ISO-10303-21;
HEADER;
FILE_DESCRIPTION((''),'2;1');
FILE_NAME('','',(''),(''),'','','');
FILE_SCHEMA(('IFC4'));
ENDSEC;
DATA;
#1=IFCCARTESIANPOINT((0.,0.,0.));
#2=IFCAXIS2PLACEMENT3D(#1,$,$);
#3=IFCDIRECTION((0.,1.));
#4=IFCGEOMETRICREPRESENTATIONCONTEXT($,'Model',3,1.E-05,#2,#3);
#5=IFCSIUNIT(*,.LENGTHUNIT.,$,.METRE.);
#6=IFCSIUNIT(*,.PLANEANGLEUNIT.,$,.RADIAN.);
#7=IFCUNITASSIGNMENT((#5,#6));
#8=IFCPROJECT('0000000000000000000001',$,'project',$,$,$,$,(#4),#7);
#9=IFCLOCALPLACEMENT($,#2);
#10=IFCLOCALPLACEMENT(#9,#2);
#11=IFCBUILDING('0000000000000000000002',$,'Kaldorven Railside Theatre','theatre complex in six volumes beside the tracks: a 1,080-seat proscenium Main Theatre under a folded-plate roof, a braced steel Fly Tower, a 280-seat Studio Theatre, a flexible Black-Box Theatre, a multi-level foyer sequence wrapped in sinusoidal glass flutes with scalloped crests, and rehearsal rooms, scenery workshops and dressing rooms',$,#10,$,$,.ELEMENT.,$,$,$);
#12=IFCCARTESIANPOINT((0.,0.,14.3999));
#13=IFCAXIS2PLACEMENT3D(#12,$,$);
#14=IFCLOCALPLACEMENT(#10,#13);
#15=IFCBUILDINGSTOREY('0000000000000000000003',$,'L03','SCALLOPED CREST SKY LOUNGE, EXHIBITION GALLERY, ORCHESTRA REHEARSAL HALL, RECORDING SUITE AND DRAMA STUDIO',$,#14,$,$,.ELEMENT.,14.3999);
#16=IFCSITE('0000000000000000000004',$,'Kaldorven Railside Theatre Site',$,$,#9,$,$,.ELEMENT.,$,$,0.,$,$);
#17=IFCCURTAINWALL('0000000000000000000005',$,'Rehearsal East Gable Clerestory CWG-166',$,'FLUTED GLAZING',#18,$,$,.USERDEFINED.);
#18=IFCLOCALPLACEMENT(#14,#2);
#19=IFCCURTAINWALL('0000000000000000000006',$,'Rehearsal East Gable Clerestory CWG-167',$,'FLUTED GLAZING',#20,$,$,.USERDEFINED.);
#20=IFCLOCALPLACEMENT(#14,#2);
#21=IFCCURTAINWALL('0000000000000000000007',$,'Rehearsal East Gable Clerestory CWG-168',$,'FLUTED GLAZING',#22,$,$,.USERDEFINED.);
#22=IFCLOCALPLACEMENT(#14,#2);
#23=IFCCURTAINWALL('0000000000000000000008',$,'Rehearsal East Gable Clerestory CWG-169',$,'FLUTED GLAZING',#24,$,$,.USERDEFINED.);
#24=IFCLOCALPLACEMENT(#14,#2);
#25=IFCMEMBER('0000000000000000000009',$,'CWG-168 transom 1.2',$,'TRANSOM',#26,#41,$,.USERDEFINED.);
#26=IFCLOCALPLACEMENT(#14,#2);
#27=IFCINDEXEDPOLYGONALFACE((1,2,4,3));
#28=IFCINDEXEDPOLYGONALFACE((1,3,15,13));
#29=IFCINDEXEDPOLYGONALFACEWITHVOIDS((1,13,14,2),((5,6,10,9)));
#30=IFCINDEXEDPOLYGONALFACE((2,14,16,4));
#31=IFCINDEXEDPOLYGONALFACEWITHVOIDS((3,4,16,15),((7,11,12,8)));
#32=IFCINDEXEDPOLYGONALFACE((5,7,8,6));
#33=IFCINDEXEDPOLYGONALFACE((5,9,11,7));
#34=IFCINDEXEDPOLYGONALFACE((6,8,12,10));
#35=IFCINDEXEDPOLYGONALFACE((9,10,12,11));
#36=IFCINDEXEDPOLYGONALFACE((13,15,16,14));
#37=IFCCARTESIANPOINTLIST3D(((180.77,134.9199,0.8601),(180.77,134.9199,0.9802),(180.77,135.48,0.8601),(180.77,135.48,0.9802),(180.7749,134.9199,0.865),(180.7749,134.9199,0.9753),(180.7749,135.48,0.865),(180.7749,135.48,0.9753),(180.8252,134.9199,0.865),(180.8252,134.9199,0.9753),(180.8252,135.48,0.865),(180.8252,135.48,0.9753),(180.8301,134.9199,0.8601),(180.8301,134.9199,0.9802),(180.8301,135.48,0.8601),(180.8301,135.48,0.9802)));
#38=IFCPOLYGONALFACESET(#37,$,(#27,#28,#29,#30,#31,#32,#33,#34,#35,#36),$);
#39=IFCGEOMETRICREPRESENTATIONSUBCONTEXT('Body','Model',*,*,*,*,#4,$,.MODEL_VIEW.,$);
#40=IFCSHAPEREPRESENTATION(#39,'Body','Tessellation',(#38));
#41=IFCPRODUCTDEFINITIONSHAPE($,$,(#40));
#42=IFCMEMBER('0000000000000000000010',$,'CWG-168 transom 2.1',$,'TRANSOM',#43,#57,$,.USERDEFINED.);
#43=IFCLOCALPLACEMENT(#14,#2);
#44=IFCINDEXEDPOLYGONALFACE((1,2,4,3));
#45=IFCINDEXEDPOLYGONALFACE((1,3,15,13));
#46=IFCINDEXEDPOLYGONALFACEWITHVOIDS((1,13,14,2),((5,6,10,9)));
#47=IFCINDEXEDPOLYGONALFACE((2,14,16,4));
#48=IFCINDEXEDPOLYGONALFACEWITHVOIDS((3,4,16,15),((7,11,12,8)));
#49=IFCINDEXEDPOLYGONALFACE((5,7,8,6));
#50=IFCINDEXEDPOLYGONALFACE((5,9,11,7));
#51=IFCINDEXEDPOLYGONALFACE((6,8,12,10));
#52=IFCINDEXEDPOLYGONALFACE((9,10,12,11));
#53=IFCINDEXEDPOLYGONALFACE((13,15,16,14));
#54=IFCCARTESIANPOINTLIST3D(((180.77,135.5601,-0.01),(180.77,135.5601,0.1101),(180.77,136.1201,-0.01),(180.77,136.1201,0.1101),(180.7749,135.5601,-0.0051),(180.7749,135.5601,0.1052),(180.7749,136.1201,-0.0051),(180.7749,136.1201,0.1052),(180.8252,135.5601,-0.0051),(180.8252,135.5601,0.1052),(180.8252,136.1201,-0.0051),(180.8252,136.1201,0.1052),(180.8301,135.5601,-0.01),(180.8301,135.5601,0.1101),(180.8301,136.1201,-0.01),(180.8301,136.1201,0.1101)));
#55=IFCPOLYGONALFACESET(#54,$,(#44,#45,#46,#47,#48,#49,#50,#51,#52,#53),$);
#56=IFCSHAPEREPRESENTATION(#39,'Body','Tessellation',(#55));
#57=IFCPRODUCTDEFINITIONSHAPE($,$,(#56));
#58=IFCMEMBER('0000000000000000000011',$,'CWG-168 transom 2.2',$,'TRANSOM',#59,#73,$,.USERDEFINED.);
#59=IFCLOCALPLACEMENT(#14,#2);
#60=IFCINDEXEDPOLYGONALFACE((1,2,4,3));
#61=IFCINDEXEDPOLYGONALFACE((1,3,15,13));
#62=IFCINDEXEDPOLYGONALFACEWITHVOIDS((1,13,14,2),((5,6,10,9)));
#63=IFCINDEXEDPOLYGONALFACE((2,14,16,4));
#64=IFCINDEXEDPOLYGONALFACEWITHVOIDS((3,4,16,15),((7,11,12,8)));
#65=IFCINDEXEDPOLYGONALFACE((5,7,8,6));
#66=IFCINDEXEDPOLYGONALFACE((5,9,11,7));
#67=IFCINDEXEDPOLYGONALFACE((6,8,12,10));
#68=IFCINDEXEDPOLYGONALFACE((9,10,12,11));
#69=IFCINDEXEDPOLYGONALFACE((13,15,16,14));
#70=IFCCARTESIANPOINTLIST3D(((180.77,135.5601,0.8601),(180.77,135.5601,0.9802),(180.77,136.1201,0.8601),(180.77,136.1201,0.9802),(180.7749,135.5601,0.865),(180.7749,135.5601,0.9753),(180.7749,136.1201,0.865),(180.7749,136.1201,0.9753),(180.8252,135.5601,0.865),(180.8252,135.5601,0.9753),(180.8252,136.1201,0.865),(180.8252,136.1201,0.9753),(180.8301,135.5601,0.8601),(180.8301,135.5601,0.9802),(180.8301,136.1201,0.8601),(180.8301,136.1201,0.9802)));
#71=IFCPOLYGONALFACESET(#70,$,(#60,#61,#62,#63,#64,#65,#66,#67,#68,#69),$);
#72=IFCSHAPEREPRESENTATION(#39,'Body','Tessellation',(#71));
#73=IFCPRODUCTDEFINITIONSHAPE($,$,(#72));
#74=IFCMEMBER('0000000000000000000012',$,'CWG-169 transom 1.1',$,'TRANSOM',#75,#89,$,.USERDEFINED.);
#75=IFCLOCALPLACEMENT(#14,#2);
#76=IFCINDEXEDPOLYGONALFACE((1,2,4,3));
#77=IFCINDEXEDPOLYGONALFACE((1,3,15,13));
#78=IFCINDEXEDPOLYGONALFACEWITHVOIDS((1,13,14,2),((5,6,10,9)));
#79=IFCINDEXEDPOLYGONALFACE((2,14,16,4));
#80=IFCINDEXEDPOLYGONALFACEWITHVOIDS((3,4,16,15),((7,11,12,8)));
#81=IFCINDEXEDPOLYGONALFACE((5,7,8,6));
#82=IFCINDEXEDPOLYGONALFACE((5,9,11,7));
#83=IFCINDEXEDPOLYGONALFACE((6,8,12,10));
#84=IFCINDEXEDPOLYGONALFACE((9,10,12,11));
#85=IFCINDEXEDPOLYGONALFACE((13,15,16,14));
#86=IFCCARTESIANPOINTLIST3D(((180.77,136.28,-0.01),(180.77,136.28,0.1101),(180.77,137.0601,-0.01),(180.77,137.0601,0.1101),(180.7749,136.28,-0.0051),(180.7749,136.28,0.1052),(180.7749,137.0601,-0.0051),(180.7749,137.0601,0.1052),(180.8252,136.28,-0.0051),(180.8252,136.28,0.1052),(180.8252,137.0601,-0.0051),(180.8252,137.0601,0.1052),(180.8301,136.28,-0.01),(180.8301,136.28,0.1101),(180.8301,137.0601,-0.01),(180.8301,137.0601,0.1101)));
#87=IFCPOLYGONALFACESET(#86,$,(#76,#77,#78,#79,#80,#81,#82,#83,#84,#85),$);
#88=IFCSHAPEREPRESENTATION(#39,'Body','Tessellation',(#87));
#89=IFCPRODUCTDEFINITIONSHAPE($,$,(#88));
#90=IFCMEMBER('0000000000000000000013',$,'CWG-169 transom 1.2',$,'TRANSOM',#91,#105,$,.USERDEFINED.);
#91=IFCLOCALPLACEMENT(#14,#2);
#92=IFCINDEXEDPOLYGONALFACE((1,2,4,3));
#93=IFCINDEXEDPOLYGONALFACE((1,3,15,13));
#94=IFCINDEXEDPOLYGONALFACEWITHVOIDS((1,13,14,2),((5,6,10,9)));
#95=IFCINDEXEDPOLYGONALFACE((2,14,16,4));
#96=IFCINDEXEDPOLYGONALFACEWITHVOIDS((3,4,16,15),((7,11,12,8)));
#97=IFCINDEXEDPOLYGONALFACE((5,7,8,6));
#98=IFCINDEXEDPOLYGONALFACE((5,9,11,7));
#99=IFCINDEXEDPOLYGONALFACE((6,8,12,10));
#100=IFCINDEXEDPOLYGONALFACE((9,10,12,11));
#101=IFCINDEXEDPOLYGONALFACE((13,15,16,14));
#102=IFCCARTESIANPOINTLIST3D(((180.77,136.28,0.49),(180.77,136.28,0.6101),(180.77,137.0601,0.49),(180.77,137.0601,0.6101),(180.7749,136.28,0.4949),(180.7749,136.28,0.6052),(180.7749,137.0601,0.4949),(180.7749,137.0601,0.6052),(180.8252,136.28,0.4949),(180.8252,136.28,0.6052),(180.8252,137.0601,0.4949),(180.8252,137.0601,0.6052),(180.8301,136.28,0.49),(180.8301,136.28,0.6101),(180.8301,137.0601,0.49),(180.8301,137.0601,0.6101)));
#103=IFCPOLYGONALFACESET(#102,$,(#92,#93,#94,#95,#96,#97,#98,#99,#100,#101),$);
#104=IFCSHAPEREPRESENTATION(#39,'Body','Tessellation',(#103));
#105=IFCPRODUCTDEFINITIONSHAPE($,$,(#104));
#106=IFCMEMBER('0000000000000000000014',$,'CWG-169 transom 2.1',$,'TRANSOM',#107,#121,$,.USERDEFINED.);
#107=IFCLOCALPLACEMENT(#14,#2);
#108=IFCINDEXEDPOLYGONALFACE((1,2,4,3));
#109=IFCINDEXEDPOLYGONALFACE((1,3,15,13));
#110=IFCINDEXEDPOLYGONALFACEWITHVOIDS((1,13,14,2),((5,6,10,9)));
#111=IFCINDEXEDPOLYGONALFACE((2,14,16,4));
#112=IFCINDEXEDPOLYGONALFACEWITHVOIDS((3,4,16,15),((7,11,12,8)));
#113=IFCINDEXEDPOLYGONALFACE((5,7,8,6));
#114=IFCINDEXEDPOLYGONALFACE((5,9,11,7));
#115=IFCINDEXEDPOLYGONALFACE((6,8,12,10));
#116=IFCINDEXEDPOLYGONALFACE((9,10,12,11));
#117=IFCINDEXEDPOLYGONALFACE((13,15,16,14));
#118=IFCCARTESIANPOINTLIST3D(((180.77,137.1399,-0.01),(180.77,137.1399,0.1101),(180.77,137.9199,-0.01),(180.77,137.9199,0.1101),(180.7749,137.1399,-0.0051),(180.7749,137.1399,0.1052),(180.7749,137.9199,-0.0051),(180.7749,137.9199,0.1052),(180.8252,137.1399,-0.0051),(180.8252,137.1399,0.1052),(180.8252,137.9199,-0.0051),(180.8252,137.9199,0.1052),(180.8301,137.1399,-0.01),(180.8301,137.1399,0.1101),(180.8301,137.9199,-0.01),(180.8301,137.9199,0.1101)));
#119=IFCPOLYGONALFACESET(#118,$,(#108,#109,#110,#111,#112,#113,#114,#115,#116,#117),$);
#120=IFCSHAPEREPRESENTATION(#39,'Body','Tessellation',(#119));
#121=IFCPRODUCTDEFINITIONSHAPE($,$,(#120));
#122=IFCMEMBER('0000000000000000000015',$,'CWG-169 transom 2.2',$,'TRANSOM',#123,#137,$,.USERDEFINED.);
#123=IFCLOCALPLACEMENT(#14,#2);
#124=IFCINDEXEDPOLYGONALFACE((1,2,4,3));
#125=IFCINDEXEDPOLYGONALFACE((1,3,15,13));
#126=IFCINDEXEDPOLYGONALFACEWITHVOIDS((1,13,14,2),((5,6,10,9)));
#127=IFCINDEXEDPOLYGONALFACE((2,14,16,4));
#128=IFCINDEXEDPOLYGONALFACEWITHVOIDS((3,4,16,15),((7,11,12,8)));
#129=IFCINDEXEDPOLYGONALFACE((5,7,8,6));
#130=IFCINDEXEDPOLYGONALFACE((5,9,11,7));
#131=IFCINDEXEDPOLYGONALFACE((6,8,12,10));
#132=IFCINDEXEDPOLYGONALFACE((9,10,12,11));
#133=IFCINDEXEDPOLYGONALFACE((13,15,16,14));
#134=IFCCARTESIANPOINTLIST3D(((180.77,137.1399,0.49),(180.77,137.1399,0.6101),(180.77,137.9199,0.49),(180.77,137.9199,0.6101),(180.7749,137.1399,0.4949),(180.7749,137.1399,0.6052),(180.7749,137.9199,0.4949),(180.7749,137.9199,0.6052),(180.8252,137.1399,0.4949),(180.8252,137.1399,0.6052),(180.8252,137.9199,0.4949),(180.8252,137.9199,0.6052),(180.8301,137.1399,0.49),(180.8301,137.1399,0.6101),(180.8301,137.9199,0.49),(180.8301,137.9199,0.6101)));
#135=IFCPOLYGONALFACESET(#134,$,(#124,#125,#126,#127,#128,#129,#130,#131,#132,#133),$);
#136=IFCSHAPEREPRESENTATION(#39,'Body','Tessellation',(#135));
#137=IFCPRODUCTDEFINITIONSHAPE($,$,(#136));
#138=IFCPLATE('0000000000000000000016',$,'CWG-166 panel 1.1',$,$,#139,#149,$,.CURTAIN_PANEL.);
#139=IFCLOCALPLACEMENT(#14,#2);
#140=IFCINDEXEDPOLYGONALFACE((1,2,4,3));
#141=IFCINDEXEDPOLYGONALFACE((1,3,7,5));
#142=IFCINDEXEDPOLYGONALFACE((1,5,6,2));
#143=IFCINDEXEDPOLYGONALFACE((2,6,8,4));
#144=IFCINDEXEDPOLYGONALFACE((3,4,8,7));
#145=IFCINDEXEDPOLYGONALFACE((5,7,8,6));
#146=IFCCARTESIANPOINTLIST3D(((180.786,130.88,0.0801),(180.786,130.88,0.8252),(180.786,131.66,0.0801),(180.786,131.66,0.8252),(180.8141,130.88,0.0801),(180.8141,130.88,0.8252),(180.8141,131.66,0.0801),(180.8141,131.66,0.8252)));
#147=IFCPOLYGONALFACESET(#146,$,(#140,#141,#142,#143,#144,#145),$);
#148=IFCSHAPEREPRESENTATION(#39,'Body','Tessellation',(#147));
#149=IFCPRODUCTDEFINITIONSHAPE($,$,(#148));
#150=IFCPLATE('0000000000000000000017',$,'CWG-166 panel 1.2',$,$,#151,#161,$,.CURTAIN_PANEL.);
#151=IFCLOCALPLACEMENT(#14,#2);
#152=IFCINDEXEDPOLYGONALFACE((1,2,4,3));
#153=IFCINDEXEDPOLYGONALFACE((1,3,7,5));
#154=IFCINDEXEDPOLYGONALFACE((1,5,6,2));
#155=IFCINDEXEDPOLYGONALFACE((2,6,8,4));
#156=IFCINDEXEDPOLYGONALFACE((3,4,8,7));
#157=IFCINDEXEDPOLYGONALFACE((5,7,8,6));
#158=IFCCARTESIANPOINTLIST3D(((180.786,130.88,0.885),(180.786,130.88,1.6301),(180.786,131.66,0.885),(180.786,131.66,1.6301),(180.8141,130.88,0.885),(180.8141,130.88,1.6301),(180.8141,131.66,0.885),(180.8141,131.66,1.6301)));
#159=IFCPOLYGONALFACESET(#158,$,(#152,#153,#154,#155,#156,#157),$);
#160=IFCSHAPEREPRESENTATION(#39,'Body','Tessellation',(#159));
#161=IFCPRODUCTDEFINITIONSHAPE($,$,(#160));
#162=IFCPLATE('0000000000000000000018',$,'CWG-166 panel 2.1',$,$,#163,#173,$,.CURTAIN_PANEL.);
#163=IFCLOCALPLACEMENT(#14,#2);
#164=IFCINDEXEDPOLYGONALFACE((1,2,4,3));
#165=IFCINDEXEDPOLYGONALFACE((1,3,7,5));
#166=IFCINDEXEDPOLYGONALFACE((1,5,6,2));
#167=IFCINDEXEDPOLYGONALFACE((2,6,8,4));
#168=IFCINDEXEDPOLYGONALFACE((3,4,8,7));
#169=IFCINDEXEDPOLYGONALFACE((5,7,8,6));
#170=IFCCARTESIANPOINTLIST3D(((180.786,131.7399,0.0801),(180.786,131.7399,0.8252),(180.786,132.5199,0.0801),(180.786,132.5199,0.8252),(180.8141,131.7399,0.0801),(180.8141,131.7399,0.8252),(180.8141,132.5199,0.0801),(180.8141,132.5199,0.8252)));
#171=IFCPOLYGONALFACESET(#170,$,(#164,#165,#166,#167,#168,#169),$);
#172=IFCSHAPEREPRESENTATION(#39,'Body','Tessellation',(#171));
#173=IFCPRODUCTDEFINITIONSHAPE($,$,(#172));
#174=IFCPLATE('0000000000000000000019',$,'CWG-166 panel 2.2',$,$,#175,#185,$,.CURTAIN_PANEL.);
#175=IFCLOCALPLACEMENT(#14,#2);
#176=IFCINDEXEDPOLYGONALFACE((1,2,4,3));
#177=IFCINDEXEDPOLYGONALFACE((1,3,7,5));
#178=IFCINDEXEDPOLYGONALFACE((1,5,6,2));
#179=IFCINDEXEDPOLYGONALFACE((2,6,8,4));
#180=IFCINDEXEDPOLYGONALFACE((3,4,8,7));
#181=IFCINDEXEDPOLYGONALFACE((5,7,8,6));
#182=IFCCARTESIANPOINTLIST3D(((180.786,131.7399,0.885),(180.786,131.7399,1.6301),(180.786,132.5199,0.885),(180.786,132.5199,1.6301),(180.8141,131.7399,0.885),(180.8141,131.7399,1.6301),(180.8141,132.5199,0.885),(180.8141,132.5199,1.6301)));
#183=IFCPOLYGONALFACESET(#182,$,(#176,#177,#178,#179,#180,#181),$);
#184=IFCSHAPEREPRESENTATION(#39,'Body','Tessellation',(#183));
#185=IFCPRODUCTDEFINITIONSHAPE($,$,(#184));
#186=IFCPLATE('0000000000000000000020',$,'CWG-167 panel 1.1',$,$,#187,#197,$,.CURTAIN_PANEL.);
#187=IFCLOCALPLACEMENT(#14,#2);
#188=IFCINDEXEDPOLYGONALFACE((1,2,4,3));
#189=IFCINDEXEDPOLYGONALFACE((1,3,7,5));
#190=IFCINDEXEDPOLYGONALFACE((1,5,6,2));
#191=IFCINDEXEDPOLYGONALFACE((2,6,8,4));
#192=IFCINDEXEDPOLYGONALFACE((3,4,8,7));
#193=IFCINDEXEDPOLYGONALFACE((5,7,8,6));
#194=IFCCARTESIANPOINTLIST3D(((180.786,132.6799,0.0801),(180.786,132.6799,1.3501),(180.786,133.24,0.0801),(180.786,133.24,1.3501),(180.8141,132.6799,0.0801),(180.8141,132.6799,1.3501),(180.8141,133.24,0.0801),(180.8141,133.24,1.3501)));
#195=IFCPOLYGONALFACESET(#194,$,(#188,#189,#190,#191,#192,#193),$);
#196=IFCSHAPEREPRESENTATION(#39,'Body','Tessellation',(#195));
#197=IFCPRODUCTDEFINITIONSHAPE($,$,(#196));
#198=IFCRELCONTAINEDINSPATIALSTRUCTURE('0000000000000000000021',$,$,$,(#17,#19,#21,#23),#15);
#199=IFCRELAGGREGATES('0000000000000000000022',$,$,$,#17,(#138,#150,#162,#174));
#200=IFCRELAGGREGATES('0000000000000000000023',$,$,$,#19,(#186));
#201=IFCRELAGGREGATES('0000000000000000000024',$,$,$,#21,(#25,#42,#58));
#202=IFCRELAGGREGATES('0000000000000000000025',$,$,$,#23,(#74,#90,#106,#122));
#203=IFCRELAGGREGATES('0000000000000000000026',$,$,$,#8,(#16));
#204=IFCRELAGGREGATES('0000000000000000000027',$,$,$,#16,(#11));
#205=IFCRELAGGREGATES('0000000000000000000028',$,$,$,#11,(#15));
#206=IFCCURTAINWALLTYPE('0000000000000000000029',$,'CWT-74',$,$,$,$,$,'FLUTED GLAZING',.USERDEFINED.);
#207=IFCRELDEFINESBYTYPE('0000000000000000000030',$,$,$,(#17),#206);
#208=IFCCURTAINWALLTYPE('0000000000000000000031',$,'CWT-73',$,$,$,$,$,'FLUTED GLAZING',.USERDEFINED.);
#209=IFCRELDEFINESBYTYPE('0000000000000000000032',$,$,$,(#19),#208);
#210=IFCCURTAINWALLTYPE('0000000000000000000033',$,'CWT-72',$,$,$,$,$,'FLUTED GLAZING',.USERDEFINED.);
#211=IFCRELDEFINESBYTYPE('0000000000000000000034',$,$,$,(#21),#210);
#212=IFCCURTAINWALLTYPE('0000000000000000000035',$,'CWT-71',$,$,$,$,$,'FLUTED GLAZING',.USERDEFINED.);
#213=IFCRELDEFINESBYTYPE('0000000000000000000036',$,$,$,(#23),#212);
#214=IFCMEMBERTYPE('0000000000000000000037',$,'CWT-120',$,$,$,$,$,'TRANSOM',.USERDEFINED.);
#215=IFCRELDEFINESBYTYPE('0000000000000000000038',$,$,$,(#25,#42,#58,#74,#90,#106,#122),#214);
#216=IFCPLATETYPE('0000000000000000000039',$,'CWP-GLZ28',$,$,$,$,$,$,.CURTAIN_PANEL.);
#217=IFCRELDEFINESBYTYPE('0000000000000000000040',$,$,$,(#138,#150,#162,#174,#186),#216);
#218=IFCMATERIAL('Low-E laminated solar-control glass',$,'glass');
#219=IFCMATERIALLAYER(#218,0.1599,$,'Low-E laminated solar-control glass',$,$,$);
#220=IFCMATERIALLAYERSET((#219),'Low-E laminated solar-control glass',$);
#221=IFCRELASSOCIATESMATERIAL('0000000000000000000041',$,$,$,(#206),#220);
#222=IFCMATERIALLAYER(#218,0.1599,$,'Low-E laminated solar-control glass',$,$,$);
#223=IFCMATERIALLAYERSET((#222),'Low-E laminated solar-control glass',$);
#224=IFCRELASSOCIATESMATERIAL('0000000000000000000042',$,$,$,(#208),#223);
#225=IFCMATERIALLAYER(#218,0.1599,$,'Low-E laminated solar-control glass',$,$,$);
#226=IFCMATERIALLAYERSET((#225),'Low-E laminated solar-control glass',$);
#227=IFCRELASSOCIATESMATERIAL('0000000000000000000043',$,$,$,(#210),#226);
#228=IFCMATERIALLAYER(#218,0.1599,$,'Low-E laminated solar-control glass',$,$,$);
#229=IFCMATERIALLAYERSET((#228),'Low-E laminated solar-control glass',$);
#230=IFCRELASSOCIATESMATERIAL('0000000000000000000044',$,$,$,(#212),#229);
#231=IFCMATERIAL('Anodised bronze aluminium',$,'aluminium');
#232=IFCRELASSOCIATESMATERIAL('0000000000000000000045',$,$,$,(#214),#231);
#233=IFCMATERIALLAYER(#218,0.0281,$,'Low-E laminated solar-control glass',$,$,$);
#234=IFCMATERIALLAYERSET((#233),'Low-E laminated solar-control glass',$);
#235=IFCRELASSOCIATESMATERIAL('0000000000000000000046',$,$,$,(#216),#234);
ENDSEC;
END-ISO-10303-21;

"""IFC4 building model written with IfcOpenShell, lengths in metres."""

from ifc_helpers import new_model, si_unit, direction, frame, origin, origin_2d, place, context, subcontext, project, spatial, rectangle, hollow_rectangle, extrude, material, layer, layer_set, material_profile, profile_set, type_object, element, aggregate, save


model = new_model("IFC4")

# Units and contexts
model_context = context("Model", 3, precision=1e-05, world=origin(), true_north=direction((0.0, 1.0)))
body_context = subcontext(model_context, "Body", "Model", "MODEL_VIEW")
ifc_project = project(units=[si_unit("LENGTHUNIT", "METRE"), si_unit("PLANEANGLEUNIT", "RADIAN")], contexts=[model_context])

# Site, building, storey
site_placement = place(None, origin())
site = spatial("IfcSite", under=ifc_project, at=site_placement, Name="Kaldorven Railside Theatre Site", CompositionType="ELEMENT", RefElevation=0.0)
building_placement = place(site_placement, origin())
building = spatial("IfcBuilding", under=site, at=building_placement, Name="Kaldorven Railside Theatre", Description="theatre complex in six volumes beside the tracks: a 1,080-seat proscenium Main Theatre under a folded-plate roof, a braced steel Fly Tower, a 280-seat Studio Theatre, a flexible Black-Box Theatre, a multi-level foyer sequence wrapped in sinusoidal glass flutes with scalloped crests, and rehearsal rooms, scenery workshops and dressing rooms", CompositionType="ELEMENT")
storey_placement = place(building_placement, frame((0.0, 0.0, 14.3999)))
storey = spatial("IfcBuildingStorey", under=building, at=storey_placement, Name="L03", Description="SCALLOPED CREST SKY LOUNGE, EXHIBITION GALLERY, ORCHESTRA REHEARSAL HALL, RECORDING SUITE AND DRAMA STUDIO", CompositionType="ELEMENT", Elevation=14.3999)

# Curtain walls
ifc_material_1 = material(Name="Low-E laminated solar-control glass", Category="glass")
ifc_layer_1 = layer(ifc_material_1, 0.1599, Name="Low-E laminated solar-control glass")
ifc_layer_set_1 = layer_set([ifc_layer_1], Name="Low-E laminated solar-control glass")
curtain_wall_type_1 = type_object("IfcCurtainWallType", Name="CWT-74", ElementType="FLUTED GLAZING", PredefinedType="USERDEFINED", material=ifc_layer_set_1)
curtain_wall_1_placement = place(storey_placement, origin())
curtain_wall_1 = element("IfcCurtainWall", 1, at=curtain_wall_1_placement, inside=storey, type_object=curtain_wall_type_1, Name="Rehearsal East Gable Clerestory CWG-166", ObjectType="FLUTED GLAZING", PredefinedType="USERDEFINED")
ifc_material_2 = material(Name="Anodised bronze aluminium", Category="aluminium")
ifc_layer_2 = layer(ifc_material_1, 0.1599, Name="Low-E laminated solar-control glass")
ifc_layer_set_2 = layer_set([ifc_layer_2], Name="Low-E laminated solar-control glass")
curtain_wall_type_2 = type_object("IfcCurtainWallType", Name="CWT-73", ElementType="FLUTED GLAZING", PredefinedType="USERDEFINED", material=ifc_layer_set_2)
curtain_wall_2_placement = place(storey_placement, origin())
curtain_wall_2 = element("IfcCurtainWall", 2, at=curtain_wall_2_placement, inside=storey, type_object=curtain_wall_type_2, Name="Rehearsal East Gable Clerestory CWG-167", ObjectType="FLUTED GLAZING", PredefinedType="USERDEFINED")
ifc_layer_3 = layer(ifc_material_1, 0.1599, Name="Low-E laminated solar-control glass")
ifc_layer_set_3 = layer_set([ifc_layer_3], Name="Low-E laminated solar-control glass")
curtain_wall_type_3 = type_object("IfcCurtainWallType", Name="CWT-72", ElementType="FLUTED GLAZING", PredefinedType="USERDEFINED", material=ifc_layer_set_3)
curtain_wall_3_placement = place(storey_placement, origin())
curtain_wall_3 = element("IfcCurtainWall", 3, at=curtain_wall_3_placement, inside=storey, type_object=curtain_wall_type_3, Name="Rehearsal East Gable Clerestory CWG-168", ObjectType="FLUTED GLAZING", PredefinedType="USERDEFINED")
ifc_layer_4 = layer(ifc_material_1, 0.1599, Name="Low-E laminated solar-control glass")
ifc_layer_set_4 = layer_set([ifc_layer_4], Name="Low-E laminated solar-control glass")
curtain_wall_type_4 = type_object("IfcCurtainWallType", Name="CWT-71", ElementType="FLUTED GLAZING", PredefinedType="USERDEFINED", material=ifc_layer_set_4)
curtain_wall_4_placement = place(storey_placement, origin())
curtain_wall_4 = element("IfcCurtainWall", 4, at=curtain_wall_4_placement, inside=storey, type_object=curtain_wall_type_4, Name="Rehearsal East Gable Clerestory CWG-169", ObjectType="FLUTED GLAZING", PredefinedType="USERDEFINED")

# Members
ifc_material_profile_1 = material_profile(ifc_material_2, hollow_rectangle(XDim=0.0601, YDim=0.1201, WallThickness=0.0049, at=origin_2d()), Name="RHS 120x60x5")
ifc_profile_set_1 = profile_set([ifc_material_profile_1], Name="Anodised bronze aluminium")
member_type_1 = type_object("IfcMemberType", Name="CWT-120", ElementType="TRANSOM", PredefinedType="USERDEFINED", material=ifc_profile_set_1)
member_1_placement = place(storey_placement, frame((180.8, 134.9199, 0.9202), z_axis=(0.0, 1.0, 0.0), x_axis=(-1.0, 0.0, 0.0)))
member_1 = element("IfcMember", 5, at=member_1_placement, type_object=member_type_1, Name="CWG-168 transom 1.2", ObjectType="TRANSOM", PredefinedType="USERDEFINED", context=body_context, shape_type="SweptSolid", body=[
    extrude(hollow_rectangle(XDim=0.0601, YDim=0.1201, WallThickness=0.0049, at=origin_2d()), origin(), (0.0, 0.0, 1.0), 0.5601),
])
member_2_placement = place(storey_placement, frame((180.8, 135.5601, 0.05), z_axis=(0.0, 1.0, 0.0), x_axis=(-1.0, 0.0, 0.0)))
member_2 = element("IfcMember", 6, at=member_2_placement, type_object=member_type_1, Name="CWG-168 transom 2.1", ObjectType="TRANSOM", PredefinedType="USERDEFINED", context=body_context, shape_type="SweptSolid", body=[
    extrude(hollow_rectangle(XDim=0.0601, YDim=0.1201, WallThickness=0.0049, at=origin_2d()), origin(), (0.0, 0.0, 1.0), 0.5601),
])
member_3_placement = place(storey_placement, frame((180.8, 135.5601, 0.9202), z_axis=(0.0, 1.0, 0.0), x_axis=(-1.0, 0.0, 0.0)))
member_3 = element("IfcMember", 7, at=member_3_placement, type_object=member_type_1, Name="CWG-168 transom 2.2", ObjectType="TRANSOM", PredefinedType="USERDEFINED", context=body_context, shape_type="SweptSolid", body=[
    extrude(hollow_rectangle(XDim=0.0601, YDim=0.1201, WallThickness=0.0049, at=origin_2d()), origin(), (0.0, 0.0, 1.0), 0.5601),
])
member_4_placement = place(storey_placement, frame((180.8, 136.28, 0.05), z_axis=(0.0, 1.0, 0.0), x_axis=(-1.0, 0.0, 0.0)))
member_4 = element("IfcMember", 8, at=member_4_placement, type_object=member_type_1, Name="CWG-169 transom 1.1", ObjectType="TRANSOM", PredefinedType="USERDEFINED", context=body_context, shape_type="SweptSolid", body=[
    extrude(hollow_rectangle(XDim=0.0601, YDim=0.1201, WallThickness=0.0049, at=origin_2d()), origin(), (0.0, 0.0, 1.0), 0.78),
])
member_5_placement = place(storey_placement, frame((180.8, 136.28, 0.55), z_axis=(0.0, 1.0, 0.0), x_axis=(-1.0, 0.0, 0.0)))
member_5 = element("IfcMember", 9, at=member_5_placement, type_object=member_type_1, Name="CWG-169 transom 1.2", ObjectType="TRANSOM", PredefinedType="USERDEFINED", context=body_context, shape_type="SweptSolid", body=[
    extrude(hollow_rectangle(XDim=0.0601, YDim=0.1201, WallThickness=0.0049, at=origin_2d()), origin(), (0.0, 0.0, 1.0), 0.78),
])
member_6_placement = place(storey_placement, frame((180.8, 137.1399, 0.05), z_axis=(0.0, 1.0, 0.0), x_axis=(-1.0, 0.0, 0.0)))
member_6 = element("IfcMember", 10, at=member_6_placement, type_object=member_type_1, Name="CWG-169 transom 2.1", ObjectType="TRANSOM", PredefinedType="USERDEFINED", context=body_context, shape_type="SweptSolid", body=[
    extrude(hollow_rectangle(XDim=0.0601, YDim=0.1201, WallThickness=0.0049, at=origin_2d()), origin(), (0.0, 0.0, 1.0), 0.78),
])
member_7_placement = place(storey_placement, frame((180.8, 137.1399, 0.55), z_axis=(0.0, 1.0, 0.0), x_axis=(-1.0, 0.0, 0.0)))
member_7 = element("IfcMember", 11, at=member_7_placement, type_object=member_type_1, Name="CWG-169 transom 2.2", ObjectType="TRANSOM", PredefinedType="USERDEFINED", context=body_context, shape_type="SweptSolid", body=[
    extrude(hollow_rectangle(XDim=0.0601, YDim=0.1201, WallThickness=0.0049, at=origin_2d()), origin(), (0.0, 0.0, 1.0), 0.78),
])

# Plates
ifc_layer_5 = layer(ifc_material_1, 0.0281, Name="Low-E laminated solar-control glass")
ifc_layer_set_5 = layer_set([ifc_layer_5], Name="Low-E laminated solar-control glass")
plate_type = type_object("IfcPlateType", Name="CWP-GLZ28", PredefinedType="CURTAIN_PANEL", material=ifc_layer_set_5)
plate_1_placement = place(storey_placement, frame((180.8, 131.27, 0.0801), z_axis=(0.0, 0.0, 1.0), x_axis=(0.0, 1.0, 0.0)))
plate_1 = element("IfcPlate", 12, at=plate_1_placement, type_object=plate_type, Name="CWG-166 panel 1.1", PredefinedType="CURTAIN_PANEL", context=body_context, shape_type="SweptSolid", body=[
    extrude(rectangle(XDim=0.78, YDim=0.0281, at=origin_2d()), origin(), (0.0, 0.0, 1.0), 0.7451),
])
plate_2_placement = place(storey_placement, frame((180.8, 131.27, 0.885), z_axis=(0.0, 0.0, 1.0), x_axis=(0.0, 1.0, 0.0)))
plate_2 = element("IfcPlate", 13, at=plate_2_placement, type_object=plate_type, Name="CWG-166 panel 1.2", PredefinedType="CURTAIN_PANEL", context=body_context, shape_type="SweptSolid", body=[
    extrude(rectangle(XDim=0.78, YDim=0.0281, at=origin_2d()), origin(), (0.0, 0.0, 1.0), 0.7451),
])
plate_3_placement = place(storey_placement, frame((180.8, 132.1299, 0.0801), z_axis=(0.0, 0.0, 1.0), x_axis=(0.0, 1.0, 0.0)))
plate_3 = element("IfcPlate", 14, at=plate_3_placement, type_object=plate_type, Name="CWG-166 panel 2.1", PredefinedType="CURTAIN_PANEL", context=body_context, shape_type="SweptSolid", body=[
    extrude(rectangle(XDim=0.78, YDim=0.0281, at=origin_2d()), origin(), (0.0, 0.0, 1.0), 0.7451),
])
plate_4_placement = place(storey_placement, frame((180.8, 132.1299, 0.885), z_axis=(0.0, 0.0, 1.0), x_axis=(0.0, 1.0, 0.0)))
plate_4 = element("IfcPlate", 15, at=plate_4_placement, type_object=plate_type, Name="CWG-166 panel 2.2", PredefinedType="CURTAIN_PANEL", context=body_context, shape_type="SweptSolid", body=[
    extrude(rectangle(XDim=0.78, YDim=0.0281, at=origin_2d()), origin(), (0.0, 0.0, 1.0), 0.7451),
])
aggregate(curtain_wall_1, [plate_1, plate_2, plate_3, plate_4])
plate_5_placement = place(storey_placement, frame((180.8, 132.96, 0.0801), z_axis=(0.0, 0.0, 1.0), x_axis=(0.0, 1.0, 0.0)))
plate_5 = element("IfcPlate", 16, at=plate_5_placement, type_object=plate_type, Name="CWG-167 panel 1.1", PredefinedType="CURTAIN_PANEL", context=body_context, shape_type="SweptSolid", body=[
    extrude(rectangle(XDim=0.5601, YDim=0.0281, at=origin_2d()), origin(), (0.0, 0.0, 1.0), 1.27),
])
aggregate(curtain_wall_2, [plate_5])
aggregate(curtain_wall_3, [member_1, member_2, member_3])
aggregate(curtain_wall_4, [member_4, member_5, member_6, member_7])

save(model, "model.ifc")
